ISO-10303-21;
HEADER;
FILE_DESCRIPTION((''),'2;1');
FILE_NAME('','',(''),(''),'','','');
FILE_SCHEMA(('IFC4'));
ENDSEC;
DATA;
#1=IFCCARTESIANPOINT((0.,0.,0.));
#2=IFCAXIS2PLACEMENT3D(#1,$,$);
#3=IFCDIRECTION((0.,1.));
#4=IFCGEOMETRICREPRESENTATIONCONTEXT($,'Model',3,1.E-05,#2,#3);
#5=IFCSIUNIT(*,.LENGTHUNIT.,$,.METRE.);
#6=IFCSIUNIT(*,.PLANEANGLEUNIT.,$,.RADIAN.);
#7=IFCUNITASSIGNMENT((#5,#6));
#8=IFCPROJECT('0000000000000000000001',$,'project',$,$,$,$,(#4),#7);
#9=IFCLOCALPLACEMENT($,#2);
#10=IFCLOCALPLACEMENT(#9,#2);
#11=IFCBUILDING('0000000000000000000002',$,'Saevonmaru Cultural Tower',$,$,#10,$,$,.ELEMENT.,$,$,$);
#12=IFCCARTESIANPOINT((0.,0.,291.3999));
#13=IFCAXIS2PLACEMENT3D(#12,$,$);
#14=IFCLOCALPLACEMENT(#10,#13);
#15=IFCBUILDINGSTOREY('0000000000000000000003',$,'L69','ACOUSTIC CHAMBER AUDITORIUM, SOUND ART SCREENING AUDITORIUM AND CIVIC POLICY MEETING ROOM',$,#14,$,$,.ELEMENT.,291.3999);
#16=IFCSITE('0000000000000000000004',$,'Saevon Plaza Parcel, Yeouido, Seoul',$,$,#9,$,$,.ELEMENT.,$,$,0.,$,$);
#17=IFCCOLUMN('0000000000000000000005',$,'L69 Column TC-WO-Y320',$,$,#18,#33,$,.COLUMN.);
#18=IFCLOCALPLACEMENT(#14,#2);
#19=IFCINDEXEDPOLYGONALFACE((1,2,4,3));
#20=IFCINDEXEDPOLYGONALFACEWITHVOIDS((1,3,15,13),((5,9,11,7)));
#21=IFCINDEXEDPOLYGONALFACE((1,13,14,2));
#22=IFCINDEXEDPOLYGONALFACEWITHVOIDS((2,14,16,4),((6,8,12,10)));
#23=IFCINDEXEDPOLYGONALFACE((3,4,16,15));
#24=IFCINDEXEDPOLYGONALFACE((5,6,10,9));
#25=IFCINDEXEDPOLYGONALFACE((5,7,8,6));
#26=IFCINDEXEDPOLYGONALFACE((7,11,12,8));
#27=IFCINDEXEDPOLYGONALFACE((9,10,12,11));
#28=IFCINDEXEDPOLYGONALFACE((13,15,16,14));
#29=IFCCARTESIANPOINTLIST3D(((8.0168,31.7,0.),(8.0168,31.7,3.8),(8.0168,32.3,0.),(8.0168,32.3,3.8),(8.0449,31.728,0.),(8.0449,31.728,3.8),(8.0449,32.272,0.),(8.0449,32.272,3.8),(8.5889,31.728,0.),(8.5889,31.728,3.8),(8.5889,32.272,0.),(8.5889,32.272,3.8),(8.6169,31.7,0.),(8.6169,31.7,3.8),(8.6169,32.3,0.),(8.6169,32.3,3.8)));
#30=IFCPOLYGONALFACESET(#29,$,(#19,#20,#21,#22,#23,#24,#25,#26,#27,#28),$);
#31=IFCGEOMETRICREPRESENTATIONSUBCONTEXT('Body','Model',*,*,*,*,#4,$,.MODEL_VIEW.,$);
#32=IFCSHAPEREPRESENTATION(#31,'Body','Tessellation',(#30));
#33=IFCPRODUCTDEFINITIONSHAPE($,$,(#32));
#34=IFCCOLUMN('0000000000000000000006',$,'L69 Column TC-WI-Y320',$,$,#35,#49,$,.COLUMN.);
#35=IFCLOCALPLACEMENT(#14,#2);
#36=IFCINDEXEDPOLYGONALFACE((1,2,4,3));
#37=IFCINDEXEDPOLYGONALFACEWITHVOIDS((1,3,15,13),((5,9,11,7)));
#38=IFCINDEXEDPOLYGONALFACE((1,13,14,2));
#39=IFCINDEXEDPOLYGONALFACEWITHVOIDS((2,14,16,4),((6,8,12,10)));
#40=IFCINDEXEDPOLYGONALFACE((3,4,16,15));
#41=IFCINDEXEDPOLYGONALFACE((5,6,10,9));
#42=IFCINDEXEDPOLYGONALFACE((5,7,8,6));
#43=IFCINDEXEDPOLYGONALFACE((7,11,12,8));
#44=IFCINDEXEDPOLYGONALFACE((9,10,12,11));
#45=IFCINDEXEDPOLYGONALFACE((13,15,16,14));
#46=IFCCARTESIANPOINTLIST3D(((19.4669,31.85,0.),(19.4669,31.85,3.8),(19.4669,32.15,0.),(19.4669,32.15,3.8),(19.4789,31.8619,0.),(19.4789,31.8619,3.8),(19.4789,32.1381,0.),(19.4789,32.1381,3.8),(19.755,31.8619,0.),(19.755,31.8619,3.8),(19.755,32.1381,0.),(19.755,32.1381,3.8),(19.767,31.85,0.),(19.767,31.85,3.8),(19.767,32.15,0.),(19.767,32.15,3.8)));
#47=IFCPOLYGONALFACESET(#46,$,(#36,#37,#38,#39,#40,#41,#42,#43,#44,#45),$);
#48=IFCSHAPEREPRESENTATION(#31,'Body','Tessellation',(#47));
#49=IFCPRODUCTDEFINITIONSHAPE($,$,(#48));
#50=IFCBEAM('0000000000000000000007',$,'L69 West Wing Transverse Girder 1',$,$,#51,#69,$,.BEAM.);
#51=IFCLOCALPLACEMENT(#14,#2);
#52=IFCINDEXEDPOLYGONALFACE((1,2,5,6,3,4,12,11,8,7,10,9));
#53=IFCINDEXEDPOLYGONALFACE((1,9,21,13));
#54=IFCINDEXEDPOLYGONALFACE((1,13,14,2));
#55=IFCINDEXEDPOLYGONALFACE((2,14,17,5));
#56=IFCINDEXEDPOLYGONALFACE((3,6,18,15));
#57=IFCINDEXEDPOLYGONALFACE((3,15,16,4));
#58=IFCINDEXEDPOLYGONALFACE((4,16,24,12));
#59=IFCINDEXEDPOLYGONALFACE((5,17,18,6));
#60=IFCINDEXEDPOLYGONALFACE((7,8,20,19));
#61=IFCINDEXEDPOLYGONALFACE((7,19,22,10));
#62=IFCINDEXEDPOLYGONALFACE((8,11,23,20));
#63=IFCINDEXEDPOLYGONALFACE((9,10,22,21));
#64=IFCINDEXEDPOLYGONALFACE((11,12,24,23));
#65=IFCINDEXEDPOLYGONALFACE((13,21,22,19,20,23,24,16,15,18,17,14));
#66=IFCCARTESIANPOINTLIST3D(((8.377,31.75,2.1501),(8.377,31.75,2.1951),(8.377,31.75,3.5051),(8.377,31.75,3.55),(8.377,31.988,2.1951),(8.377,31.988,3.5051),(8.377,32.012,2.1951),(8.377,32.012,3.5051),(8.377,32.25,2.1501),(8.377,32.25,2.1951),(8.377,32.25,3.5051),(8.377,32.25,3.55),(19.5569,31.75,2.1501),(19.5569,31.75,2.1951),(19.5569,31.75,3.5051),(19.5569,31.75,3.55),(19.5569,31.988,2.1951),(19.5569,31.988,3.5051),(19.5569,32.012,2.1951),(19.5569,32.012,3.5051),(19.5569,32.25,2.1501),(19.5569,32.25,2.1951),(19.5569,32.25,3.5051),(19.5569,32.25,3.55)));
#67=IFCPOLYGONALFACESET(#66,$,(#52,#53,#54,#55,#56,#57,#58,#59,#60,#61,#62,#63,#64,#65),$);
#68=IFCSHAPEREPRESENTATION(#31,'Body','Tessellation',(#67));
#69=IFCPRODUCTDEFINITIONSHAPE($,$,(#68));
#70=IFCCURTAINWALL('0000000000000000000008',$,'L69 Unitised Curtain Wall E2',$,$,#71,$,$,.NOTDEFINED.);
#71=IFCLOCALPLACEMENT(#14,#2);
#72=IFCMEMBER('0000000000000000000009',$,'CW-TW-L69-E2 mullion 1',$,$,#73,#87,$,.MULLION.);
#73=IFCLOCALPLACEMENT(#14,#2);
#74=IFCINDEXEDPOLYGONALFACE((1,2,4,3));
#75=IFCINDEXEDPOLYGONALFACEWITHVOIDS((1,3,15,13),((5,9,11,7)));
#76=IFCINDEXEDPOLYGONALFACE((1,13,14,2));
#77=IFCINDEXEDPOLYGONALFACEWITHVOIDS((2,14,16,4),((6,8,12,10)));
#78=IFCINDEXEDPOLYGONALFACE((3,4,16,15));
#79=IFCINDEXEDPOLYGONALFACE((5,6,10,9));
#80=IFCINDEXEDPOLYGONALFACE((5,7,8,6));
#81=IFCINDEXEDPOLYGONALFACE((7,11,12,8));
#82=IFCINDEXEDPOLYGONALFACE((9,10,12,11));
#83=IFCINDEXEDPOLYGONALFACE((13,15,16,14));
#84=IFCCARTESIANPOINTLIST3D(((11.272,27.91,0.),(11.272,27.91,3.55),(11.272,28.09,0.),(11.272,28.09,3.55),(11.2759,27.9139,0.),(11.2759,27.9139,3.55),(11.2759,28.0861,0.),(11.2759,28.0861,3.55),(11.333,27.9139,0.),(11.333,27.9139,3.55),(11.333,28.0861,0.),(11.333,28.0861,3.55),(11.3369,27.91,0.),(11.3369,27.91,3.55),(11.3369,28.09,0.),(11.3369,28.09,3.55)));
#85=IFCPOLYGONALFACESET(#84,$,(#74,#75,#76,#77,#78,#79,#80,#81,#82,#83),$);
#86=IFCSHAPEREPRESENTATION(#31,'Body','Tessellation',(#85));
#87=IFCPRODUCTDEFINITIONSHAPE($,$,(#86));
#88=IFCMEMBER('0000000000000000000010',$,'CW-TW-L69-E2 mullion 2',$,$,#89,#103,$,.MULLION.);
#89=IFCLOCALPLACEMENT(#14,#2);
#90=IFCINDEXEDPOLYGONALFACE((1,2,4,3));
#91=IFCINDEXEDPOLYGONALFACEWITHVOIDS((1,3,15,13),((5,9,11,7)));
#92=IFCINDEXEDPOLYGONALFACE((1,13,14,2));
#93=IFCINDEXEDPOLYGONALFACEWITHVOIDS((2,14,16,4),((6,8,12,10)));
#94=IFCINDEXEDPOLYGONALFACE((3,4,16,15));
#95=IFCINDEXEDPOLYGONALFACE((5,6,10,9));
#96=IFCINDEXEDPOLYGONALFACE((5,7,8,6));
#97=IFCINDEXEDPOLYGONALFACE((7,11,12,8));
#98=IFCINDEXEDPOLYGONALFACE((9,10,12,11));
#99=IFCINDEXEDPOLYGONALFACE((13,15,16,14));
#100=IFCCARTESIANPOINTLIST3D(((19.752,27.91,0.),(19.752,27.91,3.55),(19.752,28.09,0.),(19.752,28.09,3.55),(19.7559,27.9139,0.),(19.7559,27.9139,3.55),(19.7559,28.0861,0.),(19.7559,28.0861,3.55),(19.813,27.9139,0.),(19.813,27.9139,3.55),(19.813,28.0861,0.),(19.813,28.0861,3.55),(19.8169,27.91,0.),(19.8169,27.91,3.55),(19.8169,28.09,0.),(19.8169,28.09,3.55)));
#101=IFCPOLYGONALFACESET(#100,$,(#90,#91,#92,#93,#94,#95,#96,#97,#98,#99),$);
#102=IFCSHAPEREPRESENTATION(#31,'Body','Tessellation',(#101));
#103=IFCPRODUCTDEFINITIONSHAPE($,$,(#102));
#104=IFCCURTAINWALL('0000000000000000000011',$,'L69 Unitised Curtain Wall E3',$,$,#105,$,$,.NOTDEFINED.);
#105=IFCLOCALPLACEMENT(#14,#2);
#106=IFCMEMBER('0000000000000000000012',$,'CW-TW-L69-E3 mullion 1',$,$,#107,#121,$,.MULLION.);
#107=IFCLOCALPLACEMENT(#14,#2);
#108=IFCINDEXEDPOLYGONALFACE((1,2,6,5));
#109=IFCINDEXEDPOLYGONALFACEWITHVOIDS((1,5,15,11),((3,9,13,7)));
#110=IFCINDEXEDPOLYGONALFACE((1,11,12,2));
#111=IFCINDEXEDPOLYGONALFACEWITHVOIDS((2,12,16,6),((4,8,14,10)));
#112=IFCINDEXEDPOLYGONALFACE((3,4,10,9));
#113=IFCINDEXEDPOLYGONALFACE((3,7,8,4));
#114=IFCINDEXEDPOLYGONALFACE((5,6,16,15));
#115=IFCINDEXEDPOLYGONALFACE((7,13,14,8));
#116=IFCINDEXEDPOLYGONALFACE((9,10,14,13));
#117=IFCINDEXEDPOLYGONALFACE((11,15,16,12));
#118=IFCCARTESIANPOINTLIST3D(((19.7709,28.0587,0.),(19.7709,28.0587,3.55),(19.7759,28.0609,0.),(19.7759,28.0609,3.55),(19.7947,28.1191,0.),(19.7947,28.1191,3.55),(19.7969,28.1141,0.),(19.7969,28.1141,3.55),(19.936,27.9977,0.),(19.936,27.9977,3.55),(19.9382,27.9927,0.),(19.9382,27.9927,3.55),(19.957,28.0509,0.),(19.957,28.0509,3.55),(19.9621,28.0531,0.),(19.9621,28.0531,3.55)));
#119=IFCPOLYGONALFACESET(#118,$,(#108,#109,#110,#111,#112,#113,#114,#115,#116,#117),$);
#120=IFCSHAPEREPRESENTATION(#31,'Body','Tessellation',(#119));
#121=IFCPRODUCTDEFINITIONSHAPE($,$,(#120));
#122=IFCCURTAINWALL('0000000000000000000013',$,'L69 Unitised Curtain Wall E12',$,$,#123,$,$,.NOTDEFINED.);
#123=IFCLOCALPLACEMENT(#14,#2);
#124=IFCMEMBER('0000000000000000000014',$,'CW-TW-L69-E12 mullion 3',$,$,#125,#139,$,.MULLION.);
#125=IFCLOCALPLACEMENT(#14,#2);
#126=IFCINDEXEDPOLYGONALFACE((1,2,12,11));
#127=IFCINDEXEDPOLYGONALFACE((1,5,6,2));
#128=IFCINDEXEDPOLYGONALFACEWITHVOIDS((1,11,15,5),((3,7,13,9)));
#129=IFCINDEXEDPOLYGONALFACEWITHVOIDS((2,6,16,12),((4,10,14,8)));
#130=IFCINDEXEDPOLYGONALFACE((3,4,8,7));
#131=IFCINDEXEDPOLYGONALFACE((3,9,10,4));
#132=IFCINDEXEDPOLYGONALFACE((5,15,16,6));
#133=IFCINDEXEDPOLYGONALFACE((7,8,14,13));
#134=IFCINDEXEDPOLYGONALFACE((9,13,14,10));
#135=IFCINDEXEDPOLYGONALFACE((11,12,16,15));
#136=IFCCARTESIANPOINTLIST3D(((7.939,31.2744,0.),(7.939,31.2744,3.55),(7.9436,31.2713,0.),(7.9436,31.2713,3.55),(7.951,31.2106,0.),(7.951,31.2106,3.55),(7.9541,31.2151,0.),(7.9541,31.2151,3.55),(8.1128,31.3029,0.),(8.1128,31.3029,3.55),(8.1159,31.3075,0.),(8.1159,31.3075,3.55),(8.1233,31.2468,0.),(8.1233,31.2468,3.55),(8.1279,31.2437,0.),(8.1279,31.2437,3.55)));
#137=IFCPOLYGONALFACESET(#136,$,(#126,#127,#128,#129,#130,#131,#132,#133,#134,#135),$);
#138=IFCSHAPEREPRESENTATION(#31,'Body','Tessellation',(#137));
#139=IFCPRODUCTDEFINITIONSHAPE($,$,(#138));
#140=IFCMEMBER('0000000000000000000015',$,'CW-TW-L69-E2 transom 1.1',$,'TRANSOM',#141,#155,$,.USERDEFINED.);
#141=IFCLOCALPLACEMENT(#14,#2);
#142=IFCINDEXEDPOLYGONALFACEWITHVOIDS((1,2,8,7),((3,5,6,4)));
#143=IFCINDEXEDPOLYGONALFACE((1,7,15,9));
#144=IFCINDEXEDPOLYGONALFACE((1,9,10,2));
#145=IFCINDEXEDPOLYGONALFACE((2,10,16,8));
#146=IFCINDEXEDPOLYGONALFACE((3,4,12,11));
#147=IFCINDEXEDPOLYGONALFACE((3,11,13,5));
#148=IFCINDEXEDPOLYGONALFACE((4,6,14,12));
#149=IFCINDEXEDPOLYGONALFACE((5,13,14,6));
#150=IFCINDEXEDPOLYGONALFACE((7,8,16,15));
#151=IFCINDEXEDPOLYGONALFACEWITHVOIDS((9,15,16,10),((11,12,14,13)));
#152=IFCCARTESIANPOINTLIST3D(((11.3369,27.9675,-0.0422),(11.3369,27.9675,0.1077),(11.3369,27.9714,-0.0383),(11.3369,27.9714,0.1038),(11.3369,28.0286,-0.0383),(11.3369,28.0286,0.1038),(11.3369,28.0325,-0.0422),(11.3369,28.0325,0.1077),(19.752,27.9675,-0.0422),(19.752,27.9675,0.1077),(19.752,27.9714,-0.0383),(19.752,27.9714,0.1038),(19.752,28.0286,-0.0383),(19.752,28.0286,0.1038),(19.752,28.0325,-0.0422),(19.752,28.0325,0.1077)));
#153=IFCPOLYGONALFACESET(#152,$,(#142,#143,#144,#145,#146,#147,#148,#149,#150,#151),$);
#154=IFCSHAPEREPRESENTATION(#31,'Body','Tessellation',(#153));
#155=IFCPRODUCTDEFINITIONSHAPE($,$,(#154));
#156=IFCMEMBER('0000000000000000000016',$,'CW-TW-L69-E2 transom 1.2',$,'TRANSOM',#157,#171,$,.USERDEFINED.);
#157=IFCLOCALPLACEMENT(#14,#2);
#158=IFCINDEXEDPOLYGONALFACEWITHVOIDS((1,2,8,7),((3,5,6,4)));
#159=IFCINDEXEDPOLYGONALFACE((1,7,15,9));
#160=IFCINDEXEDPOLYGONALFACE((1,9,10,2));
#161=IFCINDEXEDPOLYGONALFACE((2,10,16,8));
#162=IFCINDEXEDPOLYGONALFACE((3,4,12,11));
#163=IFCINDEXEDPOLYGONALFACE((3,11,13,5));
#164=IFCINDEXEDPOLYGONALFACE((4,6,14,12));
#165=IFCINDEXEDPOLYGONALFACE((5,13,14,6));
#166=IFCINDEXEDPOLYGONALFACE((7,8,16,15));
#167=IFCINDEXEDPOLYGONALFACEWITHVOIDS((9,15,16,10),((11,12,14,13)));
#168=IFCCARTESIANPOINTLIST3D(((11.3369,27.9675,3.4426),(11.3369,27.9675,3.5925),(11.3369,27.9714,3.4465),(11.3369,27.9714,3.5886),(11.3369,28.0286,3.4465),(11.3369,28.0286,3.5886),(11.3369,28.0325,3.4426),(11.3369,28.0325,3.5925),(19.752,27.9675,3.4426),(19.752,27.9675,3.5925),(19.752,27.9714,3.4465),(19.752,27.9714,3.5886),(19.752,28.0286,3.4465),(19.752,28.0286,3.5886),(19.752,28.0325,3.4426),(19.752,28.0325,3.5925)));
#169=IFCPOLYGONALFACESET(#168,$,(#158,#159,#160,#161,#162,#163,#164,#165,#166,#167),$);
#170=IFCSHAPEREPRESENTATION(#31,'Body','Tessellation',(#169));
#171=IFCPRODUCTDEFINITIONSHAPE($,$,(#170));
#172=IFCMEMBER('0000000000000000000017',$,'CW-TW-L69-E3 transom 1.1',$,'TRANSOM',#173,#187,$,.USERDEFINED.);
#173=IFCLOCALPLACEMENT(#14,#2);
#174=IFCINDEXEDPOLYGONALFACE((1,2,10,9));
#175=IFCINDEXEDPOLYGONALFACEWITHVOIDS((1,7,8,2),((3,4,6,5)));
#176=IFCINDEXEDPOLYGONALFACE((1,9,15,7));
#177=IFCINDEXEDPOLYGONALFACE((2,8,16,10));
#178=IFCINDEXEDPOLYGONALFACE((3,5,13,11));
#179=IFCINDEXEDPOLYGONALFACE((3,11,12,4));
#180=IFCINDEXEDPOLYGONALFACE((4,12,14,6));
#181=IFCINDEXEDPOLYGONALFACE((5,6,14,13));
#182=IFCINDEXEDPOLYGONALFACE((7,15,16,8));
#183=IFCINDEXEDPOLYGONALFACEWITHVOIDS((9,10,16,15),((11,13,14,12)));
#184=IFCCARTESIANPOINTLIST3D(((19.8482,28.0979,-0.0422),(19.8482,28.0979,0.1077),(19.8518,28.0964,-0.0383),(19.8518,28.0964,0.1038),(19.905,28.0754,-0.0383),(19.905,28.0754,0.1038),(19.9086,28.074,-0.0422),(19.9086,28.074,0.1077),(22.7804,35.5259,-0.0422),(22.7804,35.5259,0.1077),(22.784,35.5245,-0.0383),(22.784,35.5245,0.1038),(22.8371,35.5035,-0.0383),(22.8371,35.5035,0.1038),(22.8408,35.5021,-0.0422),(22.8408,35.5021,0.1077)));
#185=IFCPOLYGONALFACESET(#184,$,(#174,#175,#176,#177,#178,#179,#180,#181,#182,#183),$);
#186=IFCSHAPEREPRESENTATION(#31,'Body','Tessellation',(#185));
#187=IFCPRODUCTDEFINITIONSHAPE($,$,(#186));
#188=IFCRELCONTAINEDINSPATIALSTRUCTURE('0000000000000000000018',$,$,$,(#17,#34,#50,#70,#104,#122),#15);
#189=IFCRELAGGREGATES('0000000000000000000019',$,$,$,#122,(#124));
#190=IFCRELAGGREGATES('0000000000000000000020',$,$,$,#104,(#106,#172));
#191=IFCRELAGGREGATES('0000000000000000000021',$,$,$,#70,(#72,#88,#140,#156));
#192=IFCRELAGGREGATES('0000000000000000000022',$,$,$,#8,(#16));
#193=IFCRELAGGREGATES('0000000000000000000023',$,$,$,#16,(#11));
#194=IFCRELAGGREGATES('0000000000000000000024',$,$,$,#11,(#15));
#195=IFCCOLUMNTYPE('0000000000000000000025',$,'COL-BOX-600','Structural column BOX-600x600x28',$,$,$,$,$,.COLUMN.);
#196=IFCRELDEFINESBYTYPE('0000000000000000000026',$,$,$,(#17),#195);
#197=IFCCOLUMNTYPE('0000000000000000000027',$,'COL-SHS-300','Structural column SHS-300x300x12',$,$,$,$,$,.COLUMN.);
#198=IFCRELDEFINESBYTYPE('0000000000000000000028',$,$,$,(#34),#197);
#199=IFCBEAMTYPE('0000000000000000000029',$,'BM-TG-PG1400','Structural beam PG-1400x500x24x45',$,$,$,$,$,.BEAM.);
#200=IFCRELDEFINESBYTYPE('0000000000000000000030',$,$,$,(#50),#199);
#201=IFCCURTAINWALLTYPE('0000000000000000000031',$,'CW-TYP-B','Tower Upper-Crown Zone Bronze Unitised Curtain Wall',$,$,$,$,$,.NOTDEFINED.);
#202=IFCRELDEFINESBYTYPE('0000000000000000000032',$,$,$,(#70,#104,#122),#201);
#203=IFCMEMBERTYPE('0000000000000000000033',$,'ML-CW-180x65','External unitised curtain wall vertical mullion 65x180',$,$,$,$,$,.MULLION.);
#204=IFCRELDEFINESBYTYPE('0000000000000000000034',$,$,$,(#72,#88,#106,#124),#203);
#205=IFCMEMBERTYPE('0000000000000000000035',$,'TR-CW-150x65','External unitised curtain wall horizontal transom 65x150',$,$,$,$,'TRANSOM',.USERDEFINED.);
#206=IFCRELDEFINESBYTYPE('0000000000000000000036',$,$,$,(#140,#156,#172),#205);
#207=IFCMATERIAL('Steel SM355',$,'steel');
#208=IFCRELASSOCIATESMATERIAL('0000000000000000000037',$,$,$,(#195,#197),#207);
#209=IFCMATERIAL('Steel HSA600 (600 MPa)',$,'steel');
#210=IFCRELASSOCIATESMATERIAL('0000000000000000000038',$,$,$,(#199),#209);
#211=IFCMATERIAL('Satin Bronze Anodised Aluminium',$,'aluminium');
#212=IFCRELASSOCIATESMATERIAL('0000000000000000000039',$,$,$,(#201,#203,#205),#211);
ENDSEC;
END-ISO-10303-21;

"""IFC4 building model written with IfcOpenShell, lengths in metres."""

from ifc_helpers import new_model, si_unit, direction, frame, origin, origin_2d, place, context, subcontext, project, spatial, hollow_rectangle, i_section, extrude, material, material_profile, profile_set, type_object, element, aggregate, save


model = new_model("IFC4")

# Units and contexts
model_context = context("Model", 3, precision=1e-05, world=origin(), true_north=direction((0.0, 1.0)))
body_context = subcontext(model_context, "Body", "Model", "MODEL_VIEW")
ifc_project = project(units=[si_unit("LENGTHUNIT", "METRE"), si_unit("PLANEANGLEUNIT", "RADIAN")], contexts=[model_context])

# Site, building, storey
site_placement = place(None, origin())
site = spatial("IfcSite", under=ifc_project, at=site_placement, Name="Saevon Plaza Parcel, Yeouido, Seoul", CompositionType="ELEMENT", RefElevation=0.0)
building_placement = place(site_placement, origin())
building = spatial("IfcBuilding", under=site, at=building_placement, Name="Saevonmaru Cultural Tower", CompositionType="ELEMENT")
storey_placement = place(building_placement, frame((0.0, 0.0, 291.3999)))
storey = spatial("IfcBuildingStorey", under=building, at=storey_placement, Name="L69", Description="ACOUSTIC CHAMBER AUDITORIUM, SOUND ART SCREENING AUDITORIUM AND CIVIC POLICY MEETING ROOM", CompositionType="ELEMENT", Elevation=291.3999)

# Columns
ifc_material_1 = material(Name="Steel SM355", Category="steel")
ifc_material_profile_1 = material_profile(ifc_material_1, hollow_rectangle(XDim=0.6001, YDim=0.6001, WallThickness=0.0281, at=origin_2d()), Name="BOX-600x600x28")
ifc_profile_set_1 = profile_set([ifc_material_profile_1], Name="Steel SM355")
column_type_1 = type_object("IfcColumnType", Name="COL-BOX-600", Description="Structural column BOX-600x600x28", PredefinedType="COLUMN", material=ifc_profile_set_1)
column_1_placement = place(storey_placement, frame((8.3169, 32.0, 0.0), z_axis=(0.0, 0.0, 1.0), x_axis=(1.0, 0.0, 0.0)))
element("IfcColumn", 1, at=column_1_placement, inside=storey, type_object=column_type_1, Name="L69 Column TC-WO-Y320", PredefinedType="COLUMN", context=body_context, shape_type="SweptSolid", body=[
    extrude(hollow_rectangle(XDim=0.6001, YDim=0.6001, WallThickness=0.0281, at=origin_2d()), origin(), (0.0, 0.0, 1.0), 3.8),
])
ifc_material_profile_2 = material_profile(ifc_material_1, hollow_rectangle(XDim=0.3, YDim=0.3, WallThickness=0.012, at=origin_2d()), Name="SHS-300x300x12")
ifc_profile_set_2 = profile_set([ifc_material_profile_2], Name="Steel SM355")
column_type_2 = type_object("IfcColumnType", Name="COL-SHS-300", Description="Structural column SHS-300x300x12", PredefinedType="COLUMN", material=ifc_profile_set_2)
column_2_placement = place(storey_placement, frame((19.6169, 32.0, 0.0), z_axis=(0.0, 0.0, 1.0), x_axis=(1.0, 0.0, 0.0)))
element("IfcColumn", 2, at=column_2_placement, inside=storey, type_object=column_type_2, Name="L69 Column TC-WI-Y320", PredefinedType="COLUMN", context=body_context, shape_type="SweptSolid", body=[
    extrude(hollow_rectangle(XDim=0.3, YDim=0.3, WallThickness=0.012, at=origin_2d()), origin(), (0.0, 0.0, 1.0), 3.8),
])

# Beam
ifc_material_2 = material(Name="Steel HSA600 (600 MPa)", Category="steel")
ifc_material_profile_3 = material_profile(ifc_material_2, i_section(OverallWidth=0.5, OverallDepth=1.3999, WebThickness=0.0239, FlangeThickness=0.0449, at=origin_2d()), Name="PG-1400x500x24x45")
ifc_profile_set_3 = profile_set([ifc_material_profile_3], Name="Steel HSA600 (600 MPa)")
beam_type = type_object("IfcBeamType", Name="BM-TG-PG1400", Description="Structural beam PG-1400x500x24x45", PredefinedType="BEAM", material=ifc_profile_set_3)
beam_placement = place(storey_placement, frame((8.377, 32.0, 2.8501), z_axis=(1.0, 0.0, 0.0), x_axis=(0.0, 1.0, 0.0)))
element("IfcBeam", 3, at=beam_placement, inside=storey, type_object=beam_type, Name="L69 West Wing Transverse Girder 1", PredefinedType="BEAM", context=body_context, shape_type="SweptSolid", body=[
    extrude(i_section(OverallWidth=0.5, OverallDepth=1.3999, WebThickness=0.0239, FlangeThickness=0.0449, at=origin_2d()), origin(), (0.0, 0.0, 1.0), 11.1799),
])

# Curtain wall, members
ifc_material_3 = material(Name="Satin Bronze Anodised Aluminium", Category="aluminium")
curtain_wall_type = type_object("IfcCurtainWallType", Name="CW-TYP-B", Description="Tower Upper-Crown Zone Bronze Unitised Curtain Wall", PredefinedType="NOTDEFINED", material=ifc_material_3)
curtain_wall_1_placement = place(storey_placement, origin())
curtain_wall_1 = element("IfcCurtainWall", 4, at=curtain_wall_1_placement, inside=storey, type_object=curtain_wall_type, Name="L69 Unitised Curtain Wall E2", PredefinedType="NOTDEFINED")
ifc_material_profile_4 = material_profile(ifc_material_3, hollow_rectangle(XDim=0.0649, YDim=0.1799, WallThickness=0.0039, at=origin_2d()), Name="ALU-MULL-180x65x4")
ifc_profile_set_4 = profile_set([ifc_material_profile_4], Name="Satin Bronze Anodised Aluminium")
member_type_1 = type_object("IfcMemberType", Name="ML-CW-180x65", Description="External unitised curtain wall vertical mullion 65x180", PredefinedType="MULLION", material=ifc_profile_set_4)
member_1_placement = place(storey_placement, frame((11.3044, 28.0, 0.0), z_axis=(0.0, 0.0, 1.0), x_axis=(1.0, 0.0, 0.0)))
member_1 = element("IfcMember", 5, at=member_1_placement, type_object=member_type_1, Name="CW-TW-L69-E2 mullion 1", PredefinedType="MULLION", context=body_context, shape_type="SweptSolid", body=[
    extrude(hollow_rectangle(XDim=0.0649, YDim=0.1799, WallThickness=0.0039, at=origin_2d()), origin(), (0.0, 0.0, 1.0), 3.55),
])
member_2_placement = place(storey_placement, frame((19.7844, 28.0, 0.0), z_axis=(0.0, 0.0, 1.0), x_axis=(1.0, 0.0, 0.0)))
member_2 = element("IfcMember", 6, at=member_2_placement, type_object=member_type_1, Name="CW-TW-L69-E2 mullion 2", PredefinedType="MULLION", context=body_context, shape_type="SweptSolid", body=[
    extrude(hollow_rectangle(XDim=0.0649, YDim=0.1799, WallThickness=0.0039, at=origin_2d()), origin(), (0.0, 0.0, 1.0), 3.55),
])

# Curtain walls, members
curtain_wall_2_placement = place(storey_placement, origin())
curtain_wall_2 = element("IfcCurtainWall", 7, at=curtain_wall_2_placement, inside=storey, type_object=curtain_wall_type, Name="L69 Unitised Curtain Wall E3", PredefinedType="NOTDEFINED")
member_3_placement = place(storey_placement, frame((19.8665, 28.0559, 0.0), z_axis=(0.0, 0.0, 1.0), x_axis=(0.367172, 0.930153, 0.0)))
member_3 = element("IfcMember", 8, at=member_3_placement, type_object=member_type_1, Name="CW-TW-L69-E3 mullion 1", PredefinedType="MULLION", context=body_context, shape_type="SweptSolid", body=[
    extrude(hollow_rectangle(XDim=0.0649, YDim=0.1799, WallThickness=0.0039, at=origin_2d()), origin(), (0.0, 0.0, 1.0), 3.55),
])
curtain_wall_3_placement = place(storey_placement, origin())
curtain_wall_3 = element("IfcCurtainWall", 9, at=curtain_wall_3_placement, inside=storey, type_object=curtain_wall_type, Name="L69 Unitised Curtain Wall E12", PredefinedType="NOTDEFINED")
member_4_placement = place(storey_placement, frame((8.0334, 31.259, 0.0), z_axis=(0.0, 0.0, 1.0), x_axis=(0.184047, -0.982918, 0.0)))
member_4 = element("IfcMember", 10, at=member_4_placement, type_object=member_type_1, Name="CW-TW-L69-E12 mullion 3", PredefinedType="MULLION", context=body_context, shape_type="SweptSolid", body=[
    extrude(hollow_rectangle(XDim=0.0649, YDim=0.1799, WallThickness=0.0039, at=origin_2d()), origin(), (0.0, 0.0, 1.0), 3.55),
])
aggregate(curtain_wall_3, [member_4])

# Members
ifc_material_profile_5 = material_profile(ifc_material_3, hollow_rectangle(XDim=0.0649, YDim=0.1499, WallThickness=0.0039, at=origin_2d()), Name="ALU-TRAN-150x65x4")
ifc_profile_set_5 = profile_set([ifc_material_profile_5], Name="Satin Bronze Anodised Aluminium")
member_type_2 = type_object("IfcMemberType", Name="TR-CW-150x65", Description="External unitised curtain wall horizontal transom 65x150", ElementType="TRANSOM", PredefinedType="USERDEFINED", material=ifc_profile_set_5)
member_5_placement = place(storey_placement, frame((11.3369, 28.0, 0.0327), z_axis=(1.0, 0.0, 0.0), x_axis=(0.0, 1.0, 0.0)))
member_5 = element("IfcMember", 11, at=member_5_placement, type_object=member_type_2, Name="CW-TW-L69-E2 transom 1.1", ObjectType="TRANSOM", PredefinedType="USERDEFINED", context=body_context, shape_type="SweptSolid", body=[
    extrude(hollow_rectangle(XDim=0.0649, YDim=0.1499, WallThickness=0.0039, at=origin_2d()), origin(), (0.0, 0.0, 1.0), 8.415),
])
member_6_placement = place(storey_placement, frame((11.3369, 28.0, 3.5176), z_axis=(1.0, 0.0, 0.0), x_axis=(0.0, 1.0, 0.0)))
member_6 = element("IfcMember", 12, at=member_6_placement, type_object=member_type_2, Name="CW-TW-L69-E2 transom 1.2", ObjectType="TRANSOM", PredefinedType="USERDEFINED", context=body_context, shape_type="SweptSolid", body=[
    extrude(hollow_rectangle(XDim=0.0649, YDim=0.1499, WallThickness=0.0039, at=origin_2d()), origin(), (0.0, 0.0, 1.0), 8.415),
])
member_7_placement = place(storey_placement, frame((19.8784, 28.0859, 0.0327), z_axis=(0.36717, 0.930154, 0.0), x_axis=(-0.930154, 0.36717, 0.0)))
member_7 = element("IfcMember", 13, at=member_7_placement, type_object=member_type_2, Name="CW-TW-L69-E3 transom 1.1", ObjectType="TRANSOM", PredefinedType="USERDEFINED", context=body_context, shape_type="SweptSolid", body=[
    extrude(hollow_rectangle(XDim=0.0649, YDim=0.1499, WallThickness=0.0039, at=origin_2d()), origin(), (0.0, 0.0, 1.0), 7.9858),
])
aggregate(curtain_wall_2, [member_3, member_7])

aggregate(curtain_wall_1, [member_1, member_2, member_5, member_6])

save(model, "model.ifc")
